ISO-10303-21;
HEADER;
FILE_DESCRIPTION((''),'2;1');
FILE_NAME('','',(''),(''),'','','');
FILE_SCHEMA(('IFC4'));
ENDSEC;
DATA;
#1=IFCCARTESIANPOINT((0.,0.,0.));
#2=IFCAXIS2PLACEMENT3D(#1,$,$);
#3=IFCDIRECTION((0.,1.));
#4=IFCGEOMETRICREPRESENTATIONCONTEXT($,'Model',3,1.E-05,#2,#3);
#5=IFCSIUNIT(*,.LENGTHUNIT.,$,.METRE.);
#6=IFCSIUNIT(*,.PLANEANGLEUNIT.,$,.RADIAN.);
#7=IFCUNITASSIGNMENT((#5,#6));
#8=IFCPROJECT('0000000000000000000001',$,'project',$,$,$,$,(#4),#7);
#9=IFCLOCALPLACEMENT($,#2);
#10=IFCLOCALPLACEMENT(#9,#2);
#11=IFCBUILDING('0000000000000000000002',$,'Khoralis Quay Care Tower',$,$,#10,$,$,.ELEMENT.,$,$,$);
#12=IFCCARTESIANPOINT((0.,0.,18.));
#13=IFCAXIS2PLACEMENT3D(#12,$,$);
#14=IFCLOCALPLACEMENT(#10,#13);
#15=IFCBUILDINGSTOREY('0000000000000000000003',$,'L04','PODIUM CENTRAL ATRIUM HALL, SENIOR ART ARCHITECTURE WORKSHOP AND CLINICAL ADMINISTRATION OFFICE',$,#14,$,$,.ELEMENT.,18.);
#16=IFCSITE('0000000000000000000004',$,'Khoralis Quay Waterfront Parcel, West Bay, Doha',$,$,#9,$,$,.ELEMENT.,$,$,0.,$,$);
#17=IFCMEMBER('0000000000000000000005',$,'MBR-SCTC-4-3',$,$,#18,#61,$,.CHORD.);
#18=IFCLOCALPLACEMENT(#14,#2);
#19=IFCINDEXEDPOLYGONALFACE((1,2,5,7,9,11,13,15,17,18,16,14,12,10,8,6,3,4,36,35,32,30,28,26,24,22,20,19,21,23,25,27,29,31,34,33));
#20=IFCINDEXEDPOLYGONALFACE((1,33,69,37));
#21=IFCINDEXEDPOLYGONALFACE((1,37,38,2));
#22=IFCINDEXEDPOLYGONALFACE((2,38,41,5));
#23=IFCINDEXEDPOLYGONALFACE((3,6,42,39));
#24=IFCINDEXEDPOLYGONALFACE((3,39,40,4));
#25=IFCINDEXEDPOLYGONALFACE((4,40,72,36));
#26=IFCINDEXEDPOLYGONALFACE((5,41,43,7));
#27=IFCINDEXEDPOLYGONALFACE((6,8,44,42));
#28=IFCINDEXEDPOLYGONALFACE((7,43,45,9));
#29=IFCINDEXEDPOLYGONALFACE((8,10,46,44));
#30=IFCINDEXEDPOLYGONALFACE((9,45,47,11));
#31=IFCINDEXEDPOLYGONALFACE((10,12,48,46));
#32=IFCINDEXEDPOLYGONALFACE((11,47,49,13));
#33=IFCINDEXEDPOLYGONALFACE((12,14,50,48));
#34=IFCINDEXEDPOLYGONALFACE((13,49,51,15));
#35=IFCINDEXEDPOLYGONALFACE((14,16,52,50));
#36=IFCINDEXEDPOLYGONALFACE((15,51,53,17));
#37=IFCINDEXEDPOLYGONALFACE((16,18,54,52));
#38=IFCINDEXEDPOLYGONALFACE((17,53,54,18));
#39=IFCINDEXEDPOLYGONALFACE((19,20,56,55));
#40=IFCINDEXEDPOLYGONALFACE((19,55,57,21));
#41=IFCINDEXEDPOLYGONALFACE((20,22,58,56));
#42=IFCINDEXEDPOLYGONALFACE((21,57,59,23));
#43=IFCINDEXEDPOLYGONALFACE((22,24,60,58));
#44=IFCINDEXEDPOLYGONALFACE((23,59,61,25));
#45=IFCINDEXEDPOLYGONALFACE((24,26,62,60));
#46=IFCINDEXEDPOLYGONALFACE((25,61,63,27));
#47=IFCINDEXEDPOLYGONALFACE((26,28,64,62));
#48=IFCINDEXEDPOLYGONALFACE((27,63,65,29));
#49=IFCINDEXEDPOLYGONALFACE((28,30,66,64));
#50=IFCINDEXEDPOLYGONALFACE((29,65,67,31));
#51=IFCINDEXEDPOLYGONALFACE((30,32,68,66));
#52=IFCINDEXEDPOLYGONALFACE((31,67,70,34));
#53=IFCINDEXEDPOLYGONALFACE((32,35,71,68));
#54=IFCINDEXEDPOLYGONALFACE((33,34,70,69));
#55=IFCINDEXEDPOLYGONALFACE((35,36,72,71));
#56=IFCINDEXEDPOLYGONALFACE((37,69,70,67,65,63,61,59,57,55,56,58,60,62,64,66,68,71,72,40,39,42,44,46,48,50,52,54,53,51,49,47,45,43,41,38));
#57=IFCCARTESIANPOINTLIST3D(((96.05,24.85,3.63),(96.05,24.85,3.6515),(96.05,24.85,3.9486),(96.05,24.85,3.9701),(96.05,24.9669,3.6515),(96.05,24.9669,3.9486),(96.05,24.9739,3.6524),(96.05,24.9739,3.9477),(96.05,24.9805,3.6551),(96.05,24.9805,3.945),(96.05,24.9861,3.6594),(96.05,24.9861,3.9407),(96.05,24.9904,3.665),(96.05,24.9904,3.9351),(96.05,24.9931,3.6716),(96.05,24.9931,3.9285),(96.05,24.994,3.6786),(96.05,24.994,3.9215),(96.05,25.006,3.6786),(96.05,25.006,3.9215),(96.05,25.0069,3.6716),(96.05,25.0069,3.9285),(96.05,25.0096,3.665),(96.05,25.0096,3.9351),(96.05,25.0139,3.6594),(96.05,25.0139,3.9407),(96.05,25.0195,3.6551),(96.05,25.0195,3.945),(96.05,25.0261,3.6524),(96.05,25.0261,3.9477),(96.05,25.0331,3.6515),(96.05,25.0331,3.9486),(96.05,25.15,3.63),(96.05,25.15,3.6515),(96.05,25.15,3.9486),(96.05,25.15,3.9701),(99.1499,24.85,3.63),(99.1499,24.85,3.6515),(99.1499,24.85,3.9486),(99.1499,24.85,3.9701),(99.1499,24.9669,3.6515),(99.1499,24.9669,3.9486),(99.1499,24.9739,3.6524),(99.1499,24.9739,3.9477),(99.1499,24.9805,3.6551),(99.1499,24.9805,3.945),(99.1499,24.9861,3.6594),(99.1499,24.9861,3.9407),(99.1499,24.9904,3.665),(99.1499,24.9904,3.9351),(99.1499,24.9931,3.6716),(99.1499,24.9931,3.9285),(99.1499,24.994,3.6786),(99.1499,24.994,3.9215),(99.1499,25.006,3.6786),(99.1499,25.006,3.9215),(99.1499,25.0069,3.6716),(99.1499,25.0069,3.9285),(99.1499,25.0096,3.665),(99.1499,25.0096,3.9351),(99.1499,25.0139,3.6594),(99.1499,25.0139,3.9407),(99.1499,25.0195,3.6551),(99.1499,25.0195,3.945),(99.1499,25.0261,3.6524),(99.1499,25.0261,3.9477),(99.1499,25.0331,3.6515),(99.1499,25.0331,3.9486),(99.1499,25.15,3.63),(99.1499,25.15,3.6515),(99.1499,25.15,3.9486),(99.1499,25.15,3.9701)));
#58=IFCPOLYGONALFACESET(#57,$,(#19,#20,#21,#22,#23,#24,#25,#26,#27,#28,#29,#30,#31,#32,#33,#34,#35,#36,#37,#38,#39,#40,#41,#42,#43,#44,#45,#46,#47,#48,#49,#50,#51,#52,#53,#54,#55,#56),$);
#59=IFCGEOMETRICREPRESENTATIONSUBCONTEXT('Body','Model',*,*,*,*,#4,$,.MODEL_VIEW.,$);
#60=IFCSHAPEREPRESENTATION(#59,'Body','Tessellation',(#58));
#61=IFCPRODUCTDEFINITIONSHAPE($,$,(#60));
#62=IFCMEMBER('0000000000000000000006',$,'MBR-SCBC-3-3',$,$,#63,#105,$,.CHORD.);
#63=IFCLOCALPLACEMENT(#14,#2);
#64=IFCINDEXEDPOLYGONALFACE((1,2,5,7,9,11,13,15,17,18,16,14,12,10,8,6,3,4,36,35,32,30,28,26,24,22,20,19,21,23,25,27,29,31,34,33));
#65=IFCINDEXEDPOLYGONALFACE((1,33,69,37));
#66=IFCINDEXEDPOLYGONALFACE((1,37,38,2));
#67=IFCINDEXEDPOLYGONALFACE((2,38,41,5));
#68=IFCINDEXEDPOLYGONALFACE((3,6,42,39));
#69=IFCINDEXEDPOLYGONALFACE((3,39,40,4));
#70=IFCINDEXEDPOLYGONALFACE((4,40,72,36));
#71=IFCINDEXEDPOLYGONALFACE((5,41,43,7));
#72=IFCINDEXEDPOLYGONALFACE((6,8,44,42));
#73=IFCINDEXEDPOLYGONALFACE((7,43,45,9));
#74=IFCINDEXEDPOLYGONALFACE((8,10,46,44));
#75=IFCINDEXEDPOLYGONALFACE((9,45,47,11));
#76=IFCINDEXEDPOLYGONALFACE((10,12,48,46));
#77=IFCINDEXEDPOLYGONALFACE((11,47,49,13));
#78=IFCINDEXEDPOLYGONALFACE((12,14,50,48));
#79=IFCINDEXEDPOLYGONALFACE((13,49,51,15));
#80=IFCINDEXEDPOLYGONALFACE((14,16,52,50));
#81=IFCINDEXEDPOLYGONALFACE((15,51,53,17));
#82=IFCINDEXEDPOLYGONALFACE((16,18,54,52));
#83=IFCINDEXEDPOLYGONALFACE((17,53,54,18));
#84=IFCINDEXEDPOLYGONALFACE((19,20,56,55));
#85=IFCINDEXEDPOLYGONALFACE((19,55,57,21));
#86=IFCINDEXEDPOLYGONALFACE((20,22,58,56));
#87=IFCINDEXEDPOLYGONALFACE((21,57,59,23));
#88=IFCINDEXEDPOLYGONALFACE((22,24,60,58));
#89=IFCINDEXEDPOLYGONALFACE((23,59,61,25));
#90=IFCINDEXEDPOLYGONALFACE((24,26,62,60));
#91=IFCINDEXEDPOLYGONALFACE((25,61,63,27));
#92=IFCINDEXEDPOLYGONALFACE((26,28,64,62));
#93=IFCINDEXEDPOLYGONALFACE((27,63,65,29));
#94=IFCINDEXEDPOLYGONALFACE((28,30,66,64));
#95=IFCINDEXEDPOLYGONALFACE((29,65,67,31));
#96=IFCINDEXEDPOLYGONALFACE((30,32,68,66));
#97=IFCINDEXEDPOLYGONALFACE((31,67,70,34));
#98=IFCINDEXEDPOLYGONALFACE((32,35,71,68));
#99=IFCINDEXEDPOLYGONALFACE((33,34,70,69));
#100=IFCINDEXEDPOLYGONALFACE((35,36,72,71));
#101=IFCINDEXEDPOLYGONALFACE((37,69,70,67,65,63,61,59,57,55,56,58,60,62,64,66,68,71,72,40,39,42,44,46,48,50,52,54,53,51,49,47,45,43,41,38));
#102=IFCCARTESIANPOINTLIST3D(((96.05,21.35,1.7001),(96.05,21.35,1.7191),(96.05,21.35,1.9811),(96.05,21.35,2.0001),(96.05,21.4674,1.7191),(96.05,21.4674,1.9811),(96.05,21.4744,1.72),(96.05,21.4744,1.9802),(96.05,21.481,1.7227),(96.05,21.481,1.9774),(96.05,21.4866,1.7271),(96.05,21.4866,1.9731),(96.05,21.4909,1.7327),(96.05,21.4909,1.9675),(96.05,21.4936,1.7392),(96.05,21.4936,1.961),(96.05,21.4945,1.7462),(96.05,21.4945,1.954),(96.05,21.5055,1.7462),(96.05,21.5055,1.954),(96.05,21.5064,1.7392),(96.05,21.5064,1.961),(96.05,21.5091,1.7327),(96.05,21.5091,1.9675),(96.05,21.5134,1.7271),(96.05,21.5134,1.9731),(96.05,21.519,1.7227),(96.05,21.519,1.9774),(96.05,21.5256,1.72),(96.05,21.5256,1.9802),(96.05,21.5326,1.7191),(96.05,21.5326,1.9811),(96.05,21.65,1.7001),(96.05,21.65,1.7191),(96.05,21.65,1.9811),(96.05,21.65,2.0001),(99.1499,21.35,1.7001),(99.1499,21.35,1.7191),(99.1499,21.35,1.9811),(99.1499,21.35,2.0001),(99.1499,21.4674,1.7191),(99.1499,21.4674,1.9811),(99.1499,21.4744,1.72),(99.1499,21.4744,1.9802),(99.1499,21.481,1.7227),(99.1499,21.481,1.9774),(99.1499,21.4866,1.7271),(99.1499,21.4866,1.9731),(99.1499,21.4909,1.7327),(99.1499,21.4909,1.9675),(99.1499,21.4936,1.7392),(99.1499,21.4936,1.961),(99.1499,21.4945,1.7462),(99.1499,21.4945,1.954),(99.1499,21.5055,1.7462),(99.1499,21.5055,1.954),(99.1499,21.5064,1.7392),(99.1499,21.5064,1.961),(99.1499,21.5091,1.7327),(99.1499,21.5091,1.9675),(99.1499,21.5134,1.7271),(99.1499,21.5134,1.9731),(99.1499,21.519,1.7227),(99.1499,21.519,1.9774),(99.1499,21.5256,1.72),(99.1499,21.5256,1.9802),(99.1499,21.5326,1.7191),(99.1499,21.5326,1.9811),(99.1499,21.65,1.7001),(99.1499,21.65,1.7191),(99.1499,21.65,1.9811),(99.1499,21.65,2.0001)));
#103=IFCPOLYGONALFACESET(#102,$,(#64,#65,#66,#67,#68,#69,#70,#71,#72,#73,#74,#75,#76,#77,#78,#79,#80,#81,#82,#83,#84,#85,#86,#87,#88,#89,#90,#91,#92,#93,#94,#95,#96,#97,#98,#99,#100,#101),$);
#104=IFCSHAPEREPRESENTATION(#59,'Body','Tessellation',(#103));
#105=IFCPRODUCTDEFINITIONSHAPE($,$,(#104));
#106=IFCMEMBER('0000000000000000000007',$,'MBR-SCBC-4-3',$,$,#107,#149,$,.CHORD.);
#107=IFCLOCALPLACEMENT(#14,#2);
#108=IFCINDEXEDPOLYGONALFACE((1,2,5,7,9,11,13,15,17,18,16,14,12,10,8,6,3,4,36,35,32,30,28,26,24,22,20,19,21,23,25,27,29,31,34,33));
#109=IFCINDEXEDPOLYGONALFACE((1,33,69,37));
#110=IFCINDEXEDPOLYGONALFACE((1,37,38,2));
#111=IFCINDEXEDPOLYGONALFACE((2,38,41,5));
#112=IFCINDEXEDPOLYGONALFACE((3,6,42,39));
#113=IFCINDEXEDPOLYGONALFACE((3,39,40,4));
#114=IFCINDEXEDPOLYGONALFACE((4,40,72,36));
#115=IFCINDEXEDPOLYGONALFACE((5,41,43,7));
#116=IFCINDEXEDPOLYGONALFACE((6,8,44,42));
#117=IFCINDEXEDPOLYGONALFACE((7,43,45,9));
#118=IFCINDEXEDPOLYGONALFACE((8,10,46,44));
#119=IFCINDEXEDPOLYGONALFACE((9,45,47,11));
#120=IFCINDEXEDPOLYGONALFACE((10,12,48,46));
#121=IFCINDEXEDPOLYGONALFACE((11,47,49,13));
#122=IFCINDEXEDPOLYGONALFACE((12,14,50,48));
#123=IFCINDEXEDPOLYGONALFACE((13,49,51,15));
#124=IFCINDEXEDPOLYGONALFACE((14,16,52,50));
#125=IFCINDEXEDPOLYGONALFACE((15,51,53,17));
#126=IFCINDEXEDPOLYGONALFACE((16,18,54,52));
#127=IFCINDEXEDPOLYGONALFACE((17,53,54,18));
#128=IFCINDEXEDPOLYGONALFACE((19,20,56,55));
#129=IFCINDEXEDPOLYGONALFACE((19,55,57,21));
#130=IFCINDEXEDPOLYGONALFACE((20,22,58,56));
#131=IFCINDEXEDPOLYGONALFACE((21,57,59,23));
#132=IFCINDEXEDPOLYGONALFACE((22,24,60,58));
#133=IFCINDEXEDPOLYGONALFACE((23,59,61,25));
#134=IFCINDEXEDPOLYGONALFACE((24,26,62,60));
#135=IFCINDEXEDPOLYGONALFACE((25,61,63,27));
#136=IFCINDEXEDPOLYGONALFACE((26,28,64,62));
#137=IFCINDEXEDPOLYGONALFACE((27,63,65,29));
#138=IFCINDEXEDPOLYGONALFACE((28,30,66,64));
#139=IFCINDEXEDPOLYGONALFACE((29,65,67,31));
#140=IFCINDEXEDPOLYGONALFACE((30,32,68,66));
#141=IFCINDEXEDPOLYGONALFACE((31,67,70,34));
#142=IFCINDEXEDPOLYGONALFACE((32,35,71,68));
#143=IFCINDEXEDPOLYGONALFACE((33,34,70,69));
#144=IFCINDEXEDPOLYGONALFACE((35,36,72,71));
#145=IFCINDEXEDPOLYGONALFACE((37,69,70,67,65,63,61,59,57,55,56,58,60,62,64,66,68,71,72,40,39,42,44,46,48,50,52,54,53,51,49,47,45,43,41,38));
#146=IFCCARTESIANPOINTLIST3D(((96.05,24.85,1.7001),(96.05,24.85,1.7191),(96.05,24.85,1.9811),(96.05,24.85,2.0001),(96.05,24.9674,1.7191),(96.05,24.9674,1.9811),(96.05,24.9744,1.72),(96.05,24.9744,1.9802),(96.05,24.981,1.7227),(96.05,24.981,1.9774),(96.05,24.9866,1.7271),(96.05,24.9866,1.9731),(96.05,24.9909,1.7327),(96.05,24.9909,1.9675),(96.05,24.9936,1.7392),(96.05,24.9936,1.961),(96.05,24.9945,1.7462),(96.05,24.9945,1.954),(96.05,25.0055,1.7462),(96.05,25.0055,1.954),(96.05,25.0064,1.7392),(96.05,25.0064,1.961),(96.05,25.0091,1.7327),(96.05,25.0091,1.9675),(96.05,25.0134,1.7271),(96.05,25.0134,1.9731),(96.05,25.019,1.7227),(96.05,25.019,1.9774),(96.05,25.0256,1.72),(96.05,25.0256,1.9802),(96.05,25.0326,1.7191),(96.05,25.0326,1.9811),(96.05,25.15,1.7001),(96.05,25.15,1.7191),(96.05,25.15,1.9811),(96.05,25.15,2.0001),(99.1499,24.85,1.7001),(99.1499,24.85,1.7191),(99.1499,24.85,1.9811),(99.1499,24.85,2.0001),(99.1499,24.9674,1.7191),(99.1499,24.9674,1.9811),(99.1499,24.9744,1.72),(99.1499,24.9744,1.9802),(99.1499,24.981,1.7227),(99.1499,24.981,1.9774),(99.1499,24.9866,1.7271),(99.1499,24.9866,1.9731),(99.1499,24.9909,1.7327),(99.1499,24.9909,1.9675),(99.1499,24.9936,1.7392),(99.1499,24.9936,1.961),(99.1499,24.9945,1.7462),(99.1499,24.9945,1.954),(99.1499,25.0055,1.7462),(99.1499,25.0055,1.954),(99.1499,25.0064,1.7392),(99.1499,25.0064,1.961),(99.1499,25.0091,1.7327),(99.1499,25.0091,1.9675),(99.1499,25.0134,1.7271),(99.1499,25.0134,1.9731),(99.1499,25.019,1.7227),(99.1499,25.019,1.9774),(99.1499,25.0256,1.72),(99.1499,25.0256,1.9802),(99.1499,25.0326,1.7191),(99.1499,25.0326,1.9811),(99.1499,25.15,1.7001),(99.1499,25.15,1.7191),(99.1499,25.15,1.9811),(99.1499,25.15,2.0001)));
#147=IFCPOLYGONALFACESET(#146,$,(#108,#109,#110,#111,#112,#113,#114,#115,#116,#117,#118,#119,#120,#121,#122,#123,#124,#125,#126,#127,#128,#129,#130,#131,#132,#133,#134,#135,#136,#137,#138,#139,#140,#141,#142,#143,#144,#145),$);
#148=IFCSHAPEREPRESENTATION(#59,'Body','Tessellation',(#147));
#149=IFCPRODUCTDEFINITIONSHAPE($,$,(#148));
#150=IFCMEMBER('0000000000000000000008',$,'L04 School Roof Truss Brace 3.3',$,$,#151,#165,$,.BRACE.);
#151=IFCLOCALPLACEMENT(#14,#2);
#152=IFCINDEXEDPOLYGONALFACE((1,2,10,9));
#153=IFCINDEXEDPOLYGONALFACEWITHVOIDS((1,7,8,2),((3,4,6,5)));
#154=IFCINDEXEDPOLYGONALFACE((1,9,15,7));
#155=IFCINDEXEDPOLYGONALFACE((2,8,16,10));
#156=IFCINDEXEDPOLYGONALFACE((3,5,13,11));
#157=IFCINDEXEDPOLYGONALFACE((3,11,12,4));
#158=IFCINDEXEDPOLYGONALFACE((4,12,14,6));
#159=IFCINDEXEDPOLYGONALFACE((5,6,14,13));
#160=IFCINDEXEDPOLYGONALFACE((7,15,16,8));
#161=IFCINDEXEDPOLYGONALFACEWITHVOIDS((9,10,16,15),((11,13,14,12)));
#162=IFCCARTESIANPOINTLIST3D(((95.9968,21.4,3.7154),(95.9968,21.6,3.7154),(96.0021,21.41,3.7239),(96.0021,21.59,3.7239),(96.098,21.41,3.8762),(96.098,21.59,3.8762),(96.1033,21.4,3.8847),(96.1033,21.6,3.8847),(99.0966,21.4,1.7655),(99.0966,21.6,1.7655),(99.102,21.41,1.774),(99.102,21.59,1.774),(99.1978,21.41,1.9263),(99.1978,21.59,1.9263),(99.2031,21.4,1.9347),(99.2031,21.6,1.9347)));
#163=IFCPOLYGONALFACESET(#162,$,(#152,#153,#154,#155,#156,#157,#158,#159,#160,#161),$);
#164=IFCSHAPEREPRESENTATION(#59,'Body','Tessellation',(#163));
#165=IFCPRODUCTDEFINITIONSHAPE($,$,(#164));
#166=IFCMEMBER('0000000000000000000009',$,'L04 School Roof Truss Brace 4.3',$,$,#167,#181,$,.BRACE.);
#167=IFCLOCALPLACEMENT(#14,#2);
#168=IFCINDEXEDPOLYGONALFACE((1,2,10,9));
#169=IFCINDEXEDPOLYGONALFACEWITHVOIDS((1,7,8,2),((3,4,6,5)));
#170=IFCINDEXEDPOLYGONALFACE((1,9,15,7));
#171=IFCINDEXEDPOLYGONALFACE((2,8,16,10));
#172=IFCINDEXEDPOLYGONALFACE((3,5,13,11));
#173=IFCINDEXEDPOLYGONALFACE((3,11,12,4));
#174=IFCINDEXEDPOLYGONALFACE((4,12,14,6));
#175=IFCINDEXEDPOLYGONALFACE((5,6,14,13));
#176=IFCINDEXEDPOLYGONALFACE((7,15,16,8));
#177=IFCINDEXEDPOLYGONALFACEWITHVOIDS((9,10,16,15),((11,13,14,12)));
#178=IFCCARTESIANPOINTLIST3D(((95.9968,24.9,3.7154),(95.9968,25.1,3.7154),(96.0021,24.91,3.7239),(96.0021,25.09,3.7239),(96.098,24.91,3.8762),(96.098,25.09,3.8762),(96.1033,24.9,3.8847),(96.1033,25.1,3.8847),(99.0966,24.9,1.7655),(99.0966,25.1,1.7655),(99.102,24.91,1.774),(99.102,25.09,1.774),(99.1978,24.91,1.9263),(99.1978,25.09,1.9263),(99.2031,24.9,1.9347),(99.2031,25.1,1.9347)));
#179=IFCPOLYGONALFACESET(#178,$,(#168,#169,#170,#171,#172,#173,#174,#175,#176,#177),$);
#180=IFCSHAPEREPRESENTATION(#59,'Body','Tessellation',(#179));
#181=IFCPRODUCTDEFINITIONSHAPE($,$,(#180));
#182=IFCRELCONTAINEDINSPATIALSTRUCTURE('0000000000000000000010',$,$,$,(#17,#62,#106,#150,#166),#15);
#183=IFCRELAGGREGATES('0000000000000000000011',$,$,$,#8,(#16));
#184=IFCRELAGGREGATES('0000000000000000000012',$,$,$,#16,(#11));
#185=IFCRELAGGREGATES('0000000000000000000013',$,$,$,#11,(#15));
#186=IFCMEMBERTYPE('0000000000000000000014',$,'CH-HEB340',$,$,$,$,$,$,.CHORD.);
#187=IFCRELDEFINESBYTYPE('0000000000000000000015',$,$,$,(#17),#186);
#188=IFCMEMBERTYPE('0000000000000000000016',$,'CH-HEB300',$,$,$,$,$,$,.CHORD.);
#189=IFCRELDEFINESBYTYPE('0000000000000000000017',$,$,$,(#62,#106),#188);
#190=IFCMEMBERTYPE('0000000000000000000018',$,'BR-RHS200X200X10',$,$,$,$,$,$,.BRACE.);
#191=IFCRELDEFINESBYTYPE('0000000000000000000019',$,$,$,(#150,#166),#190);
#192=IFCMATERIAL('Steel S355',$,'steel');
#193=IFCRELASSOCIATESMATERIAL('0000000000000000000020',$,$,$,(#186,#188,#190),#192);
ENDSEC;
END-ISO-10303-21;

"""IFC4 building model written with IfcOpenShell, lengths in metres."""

from ifc_helpers import new_model, si_unit, direction, frame, origin, origin_2d, place, context, subcontext, project, spatial, hollow_rectangle, i_section, extrude, source, transform, mapped, material, material_profile, profile_set, type_object, element, save


model = new_model("IFC4")

# Units and contexts
model_context = context("Model", 3, precision=1e-05, world=origin(), true_north=direction((0.0, 1.0)))
body_context = subcontext(model_context, "Body", "Model", "MODEL_VIEW")
ifc_project = project(units=[si_unit("LENGTHUNIT", "METRE"), si_unit("PLANEANGLEUNIT", "RADIAN")], contexts=[model_context])

# Site, building, storey
site_placement = place(None, origin())
site = spatial("IfcSite", under=ifc_project, at=site_placement, Name="Khoralis Quay Waterfront Parcel, West Bay, Doha", CompositionType="ELEMENT", RefElevation=0.0)
building_placement = place(site_placement, origin())
building = spatial("IfcBuilding", under=site, at=building_placement, Name="Khoralis Quay Care Tower", CompositionType="ELEMENT")
storey_placement = place(building_placement, frame((0.0, 0.0, 18.0)))
storey = spatial("IfcBuildingStorey", under=building, at=storey_placement, Name="L04", Description="PODIUM CENTRAL ATRIUM HALL, SENIOR ART ARCHITECTURE WORKSHOP AND CLINICAL ADMINISTRATION OFFICE", CompositionType="ELEMENT", Elevation=18.0)

# Members
ifc_material = material(Name="Steel S355", Category="steel")
ifc_material_profile_1 = material_profile(ifc_material, i_section(OverallWidth=0.3, OverallDepth=0.3401, WebThickness=0.012, FlangeThickness=0.0215, FilletRadius=0.0271, at=origin_2d()), Name="Steel S355")
ifc_profile_set_1 = profile_set([ifc_material_profile_1], Name="Steel S355")
member_type_1 = type_object("IfcMemberType", Name="CH-HEB340", PredefinedType="CHORD", material=ifc_profile_set_1)
ifc_material_profile_2 = material_profile(ifc_material, i_section(OverallWidth=0.3, OverallDepth=0.3, WebThickness=0.011, FlangeThickness=0.019, FilletRadius=0.0271, at=origin_2d()), Name="Steel S355")
ifc_profile_set_2 = profile_set([ifc_material_profile_2], Name="Steel S355")
member_type_2 = type_object("IfcMemberType", Name="CH-HEB300", PredefinedType="CHORD", material=ifc_profile_set_2)
ifc_material_profile_3 = material_profile(ifc_material, hollow_rectangle(XDim=0.2, YDim=0.2, WallThickness=0.01, at=origin_2d()), Name="Steel S355")
ifc_profile_set_3 = profile_set([ifc_material_profile_3], Name="Steel S355")
member_type_3 = type_object("IfcMemberType", Name="BR-RHS200X200X10", PredefinedType="BRACE", material=ifc_profile_set_3)
shared_shape_1 = source(origin(), body_context, "Body", "SweptSolid", [
    extrude(i_section(OverallWidth=0.3, OverallDepth=0.3401, WebThickness=0.012, FlangeThickness=0.0215, FilletRadius=0.0271, at=origin_2d()), origin(), (0.0, 0.0, 1.0), 3.0999),
])
for number, where, z_axis, x_axis, name in (
    (1, (96.05, 25.0, 3.8), (1.0, 0.0, 0.0), (0.0, 1.0, 0.0), "MBR-SCTC-4-3"),
):
    element("IfcMember", number, at=place(storey_placement, frame(where, z_axis=z_axis, x_axis=x_axis)), inside=storey, type_object=member_type_1, Name=name, PredefinedType="CHORD", context=body_context, shape_type="MappedRepresentation", body=[
        mapped(shared_shape_1, transform((0.0, 0.0, 0.0), scale=1.0)),
    ])
shared_shape_2 = source(origin(), body_context, "Body", "SweptSolid", [
    extrude(i_section(OverallWidth=0.3, OverallDepth=0.3, WebThickness=0.011, FlangeThickness=0.019, FilletRadius=0.0271, at=origin_2d()), origin(), (0.0, 0.0, 1.0), 3.0999),
])
for number, where, z_axis, x_axis, name in (
    (2, (96.05, 21.5, 1.8501), (1.0, 0.0, 0.0), (0.0, 1.0, 0.0), "MBR-SCBC-3-3"),
    (3, (96.05, 25.0, 1.8501), (1.0, 0.0, 0.0), (0.0, 1.0, 0.0), "MBR-SCBC-4-3"),
):
    element("IfcMember", number, at=place(storey_placement, frame(where, z_axis=z_axis, x_axis=x_axis)), inside=storey, type_object=member_type_2, Name=name, PredefinedType="CHORD", context=body_context, shape_type="MappedRepresentation", body=[
        mapped(shared_shape_2, transform((0.0, 0.0, 0.0), scale=1.0)),
    ])
shared_shape_3 = source(origin(), body_context, "Body", "SweptSolid", [
    extrude(hollow_rectangle(XDim=0.2, YDim=0.2, WallThickness=0.01, at=origin_2d()), origin(), (0.0, 0.0, 1.0), 3.6621),
])
for number, where, z_axis, x_axis, name in (
    (4, (96.05, 21.5, 3.8), (0.846455, 0.0, -0.53246), (0.0, 1.0, 0.0), "L04 School Roof Truss Brace 3.3"),
    (5, (96.05, 25.0, 3.8), (0.846455, 0.0, -0.53246), (0.0, 1.0, 0.0), "L04 School Roof Truss Brace 4.3"),
):
    element("IfcMember", number, at=place(storey_placement, frame(where, z_axis=z_axis, x_axis=x_axis)), inside=storey, type_object=member_type_3, Name=name, PredefinedType="BRACE", context=body_context, shape_type="MappedRepresentation", body=[
        mapped(shared_shape_3, transform((0.0, 0.0, 0.0), scale=1.0)),
    ])

save(model, "model.ifc")
